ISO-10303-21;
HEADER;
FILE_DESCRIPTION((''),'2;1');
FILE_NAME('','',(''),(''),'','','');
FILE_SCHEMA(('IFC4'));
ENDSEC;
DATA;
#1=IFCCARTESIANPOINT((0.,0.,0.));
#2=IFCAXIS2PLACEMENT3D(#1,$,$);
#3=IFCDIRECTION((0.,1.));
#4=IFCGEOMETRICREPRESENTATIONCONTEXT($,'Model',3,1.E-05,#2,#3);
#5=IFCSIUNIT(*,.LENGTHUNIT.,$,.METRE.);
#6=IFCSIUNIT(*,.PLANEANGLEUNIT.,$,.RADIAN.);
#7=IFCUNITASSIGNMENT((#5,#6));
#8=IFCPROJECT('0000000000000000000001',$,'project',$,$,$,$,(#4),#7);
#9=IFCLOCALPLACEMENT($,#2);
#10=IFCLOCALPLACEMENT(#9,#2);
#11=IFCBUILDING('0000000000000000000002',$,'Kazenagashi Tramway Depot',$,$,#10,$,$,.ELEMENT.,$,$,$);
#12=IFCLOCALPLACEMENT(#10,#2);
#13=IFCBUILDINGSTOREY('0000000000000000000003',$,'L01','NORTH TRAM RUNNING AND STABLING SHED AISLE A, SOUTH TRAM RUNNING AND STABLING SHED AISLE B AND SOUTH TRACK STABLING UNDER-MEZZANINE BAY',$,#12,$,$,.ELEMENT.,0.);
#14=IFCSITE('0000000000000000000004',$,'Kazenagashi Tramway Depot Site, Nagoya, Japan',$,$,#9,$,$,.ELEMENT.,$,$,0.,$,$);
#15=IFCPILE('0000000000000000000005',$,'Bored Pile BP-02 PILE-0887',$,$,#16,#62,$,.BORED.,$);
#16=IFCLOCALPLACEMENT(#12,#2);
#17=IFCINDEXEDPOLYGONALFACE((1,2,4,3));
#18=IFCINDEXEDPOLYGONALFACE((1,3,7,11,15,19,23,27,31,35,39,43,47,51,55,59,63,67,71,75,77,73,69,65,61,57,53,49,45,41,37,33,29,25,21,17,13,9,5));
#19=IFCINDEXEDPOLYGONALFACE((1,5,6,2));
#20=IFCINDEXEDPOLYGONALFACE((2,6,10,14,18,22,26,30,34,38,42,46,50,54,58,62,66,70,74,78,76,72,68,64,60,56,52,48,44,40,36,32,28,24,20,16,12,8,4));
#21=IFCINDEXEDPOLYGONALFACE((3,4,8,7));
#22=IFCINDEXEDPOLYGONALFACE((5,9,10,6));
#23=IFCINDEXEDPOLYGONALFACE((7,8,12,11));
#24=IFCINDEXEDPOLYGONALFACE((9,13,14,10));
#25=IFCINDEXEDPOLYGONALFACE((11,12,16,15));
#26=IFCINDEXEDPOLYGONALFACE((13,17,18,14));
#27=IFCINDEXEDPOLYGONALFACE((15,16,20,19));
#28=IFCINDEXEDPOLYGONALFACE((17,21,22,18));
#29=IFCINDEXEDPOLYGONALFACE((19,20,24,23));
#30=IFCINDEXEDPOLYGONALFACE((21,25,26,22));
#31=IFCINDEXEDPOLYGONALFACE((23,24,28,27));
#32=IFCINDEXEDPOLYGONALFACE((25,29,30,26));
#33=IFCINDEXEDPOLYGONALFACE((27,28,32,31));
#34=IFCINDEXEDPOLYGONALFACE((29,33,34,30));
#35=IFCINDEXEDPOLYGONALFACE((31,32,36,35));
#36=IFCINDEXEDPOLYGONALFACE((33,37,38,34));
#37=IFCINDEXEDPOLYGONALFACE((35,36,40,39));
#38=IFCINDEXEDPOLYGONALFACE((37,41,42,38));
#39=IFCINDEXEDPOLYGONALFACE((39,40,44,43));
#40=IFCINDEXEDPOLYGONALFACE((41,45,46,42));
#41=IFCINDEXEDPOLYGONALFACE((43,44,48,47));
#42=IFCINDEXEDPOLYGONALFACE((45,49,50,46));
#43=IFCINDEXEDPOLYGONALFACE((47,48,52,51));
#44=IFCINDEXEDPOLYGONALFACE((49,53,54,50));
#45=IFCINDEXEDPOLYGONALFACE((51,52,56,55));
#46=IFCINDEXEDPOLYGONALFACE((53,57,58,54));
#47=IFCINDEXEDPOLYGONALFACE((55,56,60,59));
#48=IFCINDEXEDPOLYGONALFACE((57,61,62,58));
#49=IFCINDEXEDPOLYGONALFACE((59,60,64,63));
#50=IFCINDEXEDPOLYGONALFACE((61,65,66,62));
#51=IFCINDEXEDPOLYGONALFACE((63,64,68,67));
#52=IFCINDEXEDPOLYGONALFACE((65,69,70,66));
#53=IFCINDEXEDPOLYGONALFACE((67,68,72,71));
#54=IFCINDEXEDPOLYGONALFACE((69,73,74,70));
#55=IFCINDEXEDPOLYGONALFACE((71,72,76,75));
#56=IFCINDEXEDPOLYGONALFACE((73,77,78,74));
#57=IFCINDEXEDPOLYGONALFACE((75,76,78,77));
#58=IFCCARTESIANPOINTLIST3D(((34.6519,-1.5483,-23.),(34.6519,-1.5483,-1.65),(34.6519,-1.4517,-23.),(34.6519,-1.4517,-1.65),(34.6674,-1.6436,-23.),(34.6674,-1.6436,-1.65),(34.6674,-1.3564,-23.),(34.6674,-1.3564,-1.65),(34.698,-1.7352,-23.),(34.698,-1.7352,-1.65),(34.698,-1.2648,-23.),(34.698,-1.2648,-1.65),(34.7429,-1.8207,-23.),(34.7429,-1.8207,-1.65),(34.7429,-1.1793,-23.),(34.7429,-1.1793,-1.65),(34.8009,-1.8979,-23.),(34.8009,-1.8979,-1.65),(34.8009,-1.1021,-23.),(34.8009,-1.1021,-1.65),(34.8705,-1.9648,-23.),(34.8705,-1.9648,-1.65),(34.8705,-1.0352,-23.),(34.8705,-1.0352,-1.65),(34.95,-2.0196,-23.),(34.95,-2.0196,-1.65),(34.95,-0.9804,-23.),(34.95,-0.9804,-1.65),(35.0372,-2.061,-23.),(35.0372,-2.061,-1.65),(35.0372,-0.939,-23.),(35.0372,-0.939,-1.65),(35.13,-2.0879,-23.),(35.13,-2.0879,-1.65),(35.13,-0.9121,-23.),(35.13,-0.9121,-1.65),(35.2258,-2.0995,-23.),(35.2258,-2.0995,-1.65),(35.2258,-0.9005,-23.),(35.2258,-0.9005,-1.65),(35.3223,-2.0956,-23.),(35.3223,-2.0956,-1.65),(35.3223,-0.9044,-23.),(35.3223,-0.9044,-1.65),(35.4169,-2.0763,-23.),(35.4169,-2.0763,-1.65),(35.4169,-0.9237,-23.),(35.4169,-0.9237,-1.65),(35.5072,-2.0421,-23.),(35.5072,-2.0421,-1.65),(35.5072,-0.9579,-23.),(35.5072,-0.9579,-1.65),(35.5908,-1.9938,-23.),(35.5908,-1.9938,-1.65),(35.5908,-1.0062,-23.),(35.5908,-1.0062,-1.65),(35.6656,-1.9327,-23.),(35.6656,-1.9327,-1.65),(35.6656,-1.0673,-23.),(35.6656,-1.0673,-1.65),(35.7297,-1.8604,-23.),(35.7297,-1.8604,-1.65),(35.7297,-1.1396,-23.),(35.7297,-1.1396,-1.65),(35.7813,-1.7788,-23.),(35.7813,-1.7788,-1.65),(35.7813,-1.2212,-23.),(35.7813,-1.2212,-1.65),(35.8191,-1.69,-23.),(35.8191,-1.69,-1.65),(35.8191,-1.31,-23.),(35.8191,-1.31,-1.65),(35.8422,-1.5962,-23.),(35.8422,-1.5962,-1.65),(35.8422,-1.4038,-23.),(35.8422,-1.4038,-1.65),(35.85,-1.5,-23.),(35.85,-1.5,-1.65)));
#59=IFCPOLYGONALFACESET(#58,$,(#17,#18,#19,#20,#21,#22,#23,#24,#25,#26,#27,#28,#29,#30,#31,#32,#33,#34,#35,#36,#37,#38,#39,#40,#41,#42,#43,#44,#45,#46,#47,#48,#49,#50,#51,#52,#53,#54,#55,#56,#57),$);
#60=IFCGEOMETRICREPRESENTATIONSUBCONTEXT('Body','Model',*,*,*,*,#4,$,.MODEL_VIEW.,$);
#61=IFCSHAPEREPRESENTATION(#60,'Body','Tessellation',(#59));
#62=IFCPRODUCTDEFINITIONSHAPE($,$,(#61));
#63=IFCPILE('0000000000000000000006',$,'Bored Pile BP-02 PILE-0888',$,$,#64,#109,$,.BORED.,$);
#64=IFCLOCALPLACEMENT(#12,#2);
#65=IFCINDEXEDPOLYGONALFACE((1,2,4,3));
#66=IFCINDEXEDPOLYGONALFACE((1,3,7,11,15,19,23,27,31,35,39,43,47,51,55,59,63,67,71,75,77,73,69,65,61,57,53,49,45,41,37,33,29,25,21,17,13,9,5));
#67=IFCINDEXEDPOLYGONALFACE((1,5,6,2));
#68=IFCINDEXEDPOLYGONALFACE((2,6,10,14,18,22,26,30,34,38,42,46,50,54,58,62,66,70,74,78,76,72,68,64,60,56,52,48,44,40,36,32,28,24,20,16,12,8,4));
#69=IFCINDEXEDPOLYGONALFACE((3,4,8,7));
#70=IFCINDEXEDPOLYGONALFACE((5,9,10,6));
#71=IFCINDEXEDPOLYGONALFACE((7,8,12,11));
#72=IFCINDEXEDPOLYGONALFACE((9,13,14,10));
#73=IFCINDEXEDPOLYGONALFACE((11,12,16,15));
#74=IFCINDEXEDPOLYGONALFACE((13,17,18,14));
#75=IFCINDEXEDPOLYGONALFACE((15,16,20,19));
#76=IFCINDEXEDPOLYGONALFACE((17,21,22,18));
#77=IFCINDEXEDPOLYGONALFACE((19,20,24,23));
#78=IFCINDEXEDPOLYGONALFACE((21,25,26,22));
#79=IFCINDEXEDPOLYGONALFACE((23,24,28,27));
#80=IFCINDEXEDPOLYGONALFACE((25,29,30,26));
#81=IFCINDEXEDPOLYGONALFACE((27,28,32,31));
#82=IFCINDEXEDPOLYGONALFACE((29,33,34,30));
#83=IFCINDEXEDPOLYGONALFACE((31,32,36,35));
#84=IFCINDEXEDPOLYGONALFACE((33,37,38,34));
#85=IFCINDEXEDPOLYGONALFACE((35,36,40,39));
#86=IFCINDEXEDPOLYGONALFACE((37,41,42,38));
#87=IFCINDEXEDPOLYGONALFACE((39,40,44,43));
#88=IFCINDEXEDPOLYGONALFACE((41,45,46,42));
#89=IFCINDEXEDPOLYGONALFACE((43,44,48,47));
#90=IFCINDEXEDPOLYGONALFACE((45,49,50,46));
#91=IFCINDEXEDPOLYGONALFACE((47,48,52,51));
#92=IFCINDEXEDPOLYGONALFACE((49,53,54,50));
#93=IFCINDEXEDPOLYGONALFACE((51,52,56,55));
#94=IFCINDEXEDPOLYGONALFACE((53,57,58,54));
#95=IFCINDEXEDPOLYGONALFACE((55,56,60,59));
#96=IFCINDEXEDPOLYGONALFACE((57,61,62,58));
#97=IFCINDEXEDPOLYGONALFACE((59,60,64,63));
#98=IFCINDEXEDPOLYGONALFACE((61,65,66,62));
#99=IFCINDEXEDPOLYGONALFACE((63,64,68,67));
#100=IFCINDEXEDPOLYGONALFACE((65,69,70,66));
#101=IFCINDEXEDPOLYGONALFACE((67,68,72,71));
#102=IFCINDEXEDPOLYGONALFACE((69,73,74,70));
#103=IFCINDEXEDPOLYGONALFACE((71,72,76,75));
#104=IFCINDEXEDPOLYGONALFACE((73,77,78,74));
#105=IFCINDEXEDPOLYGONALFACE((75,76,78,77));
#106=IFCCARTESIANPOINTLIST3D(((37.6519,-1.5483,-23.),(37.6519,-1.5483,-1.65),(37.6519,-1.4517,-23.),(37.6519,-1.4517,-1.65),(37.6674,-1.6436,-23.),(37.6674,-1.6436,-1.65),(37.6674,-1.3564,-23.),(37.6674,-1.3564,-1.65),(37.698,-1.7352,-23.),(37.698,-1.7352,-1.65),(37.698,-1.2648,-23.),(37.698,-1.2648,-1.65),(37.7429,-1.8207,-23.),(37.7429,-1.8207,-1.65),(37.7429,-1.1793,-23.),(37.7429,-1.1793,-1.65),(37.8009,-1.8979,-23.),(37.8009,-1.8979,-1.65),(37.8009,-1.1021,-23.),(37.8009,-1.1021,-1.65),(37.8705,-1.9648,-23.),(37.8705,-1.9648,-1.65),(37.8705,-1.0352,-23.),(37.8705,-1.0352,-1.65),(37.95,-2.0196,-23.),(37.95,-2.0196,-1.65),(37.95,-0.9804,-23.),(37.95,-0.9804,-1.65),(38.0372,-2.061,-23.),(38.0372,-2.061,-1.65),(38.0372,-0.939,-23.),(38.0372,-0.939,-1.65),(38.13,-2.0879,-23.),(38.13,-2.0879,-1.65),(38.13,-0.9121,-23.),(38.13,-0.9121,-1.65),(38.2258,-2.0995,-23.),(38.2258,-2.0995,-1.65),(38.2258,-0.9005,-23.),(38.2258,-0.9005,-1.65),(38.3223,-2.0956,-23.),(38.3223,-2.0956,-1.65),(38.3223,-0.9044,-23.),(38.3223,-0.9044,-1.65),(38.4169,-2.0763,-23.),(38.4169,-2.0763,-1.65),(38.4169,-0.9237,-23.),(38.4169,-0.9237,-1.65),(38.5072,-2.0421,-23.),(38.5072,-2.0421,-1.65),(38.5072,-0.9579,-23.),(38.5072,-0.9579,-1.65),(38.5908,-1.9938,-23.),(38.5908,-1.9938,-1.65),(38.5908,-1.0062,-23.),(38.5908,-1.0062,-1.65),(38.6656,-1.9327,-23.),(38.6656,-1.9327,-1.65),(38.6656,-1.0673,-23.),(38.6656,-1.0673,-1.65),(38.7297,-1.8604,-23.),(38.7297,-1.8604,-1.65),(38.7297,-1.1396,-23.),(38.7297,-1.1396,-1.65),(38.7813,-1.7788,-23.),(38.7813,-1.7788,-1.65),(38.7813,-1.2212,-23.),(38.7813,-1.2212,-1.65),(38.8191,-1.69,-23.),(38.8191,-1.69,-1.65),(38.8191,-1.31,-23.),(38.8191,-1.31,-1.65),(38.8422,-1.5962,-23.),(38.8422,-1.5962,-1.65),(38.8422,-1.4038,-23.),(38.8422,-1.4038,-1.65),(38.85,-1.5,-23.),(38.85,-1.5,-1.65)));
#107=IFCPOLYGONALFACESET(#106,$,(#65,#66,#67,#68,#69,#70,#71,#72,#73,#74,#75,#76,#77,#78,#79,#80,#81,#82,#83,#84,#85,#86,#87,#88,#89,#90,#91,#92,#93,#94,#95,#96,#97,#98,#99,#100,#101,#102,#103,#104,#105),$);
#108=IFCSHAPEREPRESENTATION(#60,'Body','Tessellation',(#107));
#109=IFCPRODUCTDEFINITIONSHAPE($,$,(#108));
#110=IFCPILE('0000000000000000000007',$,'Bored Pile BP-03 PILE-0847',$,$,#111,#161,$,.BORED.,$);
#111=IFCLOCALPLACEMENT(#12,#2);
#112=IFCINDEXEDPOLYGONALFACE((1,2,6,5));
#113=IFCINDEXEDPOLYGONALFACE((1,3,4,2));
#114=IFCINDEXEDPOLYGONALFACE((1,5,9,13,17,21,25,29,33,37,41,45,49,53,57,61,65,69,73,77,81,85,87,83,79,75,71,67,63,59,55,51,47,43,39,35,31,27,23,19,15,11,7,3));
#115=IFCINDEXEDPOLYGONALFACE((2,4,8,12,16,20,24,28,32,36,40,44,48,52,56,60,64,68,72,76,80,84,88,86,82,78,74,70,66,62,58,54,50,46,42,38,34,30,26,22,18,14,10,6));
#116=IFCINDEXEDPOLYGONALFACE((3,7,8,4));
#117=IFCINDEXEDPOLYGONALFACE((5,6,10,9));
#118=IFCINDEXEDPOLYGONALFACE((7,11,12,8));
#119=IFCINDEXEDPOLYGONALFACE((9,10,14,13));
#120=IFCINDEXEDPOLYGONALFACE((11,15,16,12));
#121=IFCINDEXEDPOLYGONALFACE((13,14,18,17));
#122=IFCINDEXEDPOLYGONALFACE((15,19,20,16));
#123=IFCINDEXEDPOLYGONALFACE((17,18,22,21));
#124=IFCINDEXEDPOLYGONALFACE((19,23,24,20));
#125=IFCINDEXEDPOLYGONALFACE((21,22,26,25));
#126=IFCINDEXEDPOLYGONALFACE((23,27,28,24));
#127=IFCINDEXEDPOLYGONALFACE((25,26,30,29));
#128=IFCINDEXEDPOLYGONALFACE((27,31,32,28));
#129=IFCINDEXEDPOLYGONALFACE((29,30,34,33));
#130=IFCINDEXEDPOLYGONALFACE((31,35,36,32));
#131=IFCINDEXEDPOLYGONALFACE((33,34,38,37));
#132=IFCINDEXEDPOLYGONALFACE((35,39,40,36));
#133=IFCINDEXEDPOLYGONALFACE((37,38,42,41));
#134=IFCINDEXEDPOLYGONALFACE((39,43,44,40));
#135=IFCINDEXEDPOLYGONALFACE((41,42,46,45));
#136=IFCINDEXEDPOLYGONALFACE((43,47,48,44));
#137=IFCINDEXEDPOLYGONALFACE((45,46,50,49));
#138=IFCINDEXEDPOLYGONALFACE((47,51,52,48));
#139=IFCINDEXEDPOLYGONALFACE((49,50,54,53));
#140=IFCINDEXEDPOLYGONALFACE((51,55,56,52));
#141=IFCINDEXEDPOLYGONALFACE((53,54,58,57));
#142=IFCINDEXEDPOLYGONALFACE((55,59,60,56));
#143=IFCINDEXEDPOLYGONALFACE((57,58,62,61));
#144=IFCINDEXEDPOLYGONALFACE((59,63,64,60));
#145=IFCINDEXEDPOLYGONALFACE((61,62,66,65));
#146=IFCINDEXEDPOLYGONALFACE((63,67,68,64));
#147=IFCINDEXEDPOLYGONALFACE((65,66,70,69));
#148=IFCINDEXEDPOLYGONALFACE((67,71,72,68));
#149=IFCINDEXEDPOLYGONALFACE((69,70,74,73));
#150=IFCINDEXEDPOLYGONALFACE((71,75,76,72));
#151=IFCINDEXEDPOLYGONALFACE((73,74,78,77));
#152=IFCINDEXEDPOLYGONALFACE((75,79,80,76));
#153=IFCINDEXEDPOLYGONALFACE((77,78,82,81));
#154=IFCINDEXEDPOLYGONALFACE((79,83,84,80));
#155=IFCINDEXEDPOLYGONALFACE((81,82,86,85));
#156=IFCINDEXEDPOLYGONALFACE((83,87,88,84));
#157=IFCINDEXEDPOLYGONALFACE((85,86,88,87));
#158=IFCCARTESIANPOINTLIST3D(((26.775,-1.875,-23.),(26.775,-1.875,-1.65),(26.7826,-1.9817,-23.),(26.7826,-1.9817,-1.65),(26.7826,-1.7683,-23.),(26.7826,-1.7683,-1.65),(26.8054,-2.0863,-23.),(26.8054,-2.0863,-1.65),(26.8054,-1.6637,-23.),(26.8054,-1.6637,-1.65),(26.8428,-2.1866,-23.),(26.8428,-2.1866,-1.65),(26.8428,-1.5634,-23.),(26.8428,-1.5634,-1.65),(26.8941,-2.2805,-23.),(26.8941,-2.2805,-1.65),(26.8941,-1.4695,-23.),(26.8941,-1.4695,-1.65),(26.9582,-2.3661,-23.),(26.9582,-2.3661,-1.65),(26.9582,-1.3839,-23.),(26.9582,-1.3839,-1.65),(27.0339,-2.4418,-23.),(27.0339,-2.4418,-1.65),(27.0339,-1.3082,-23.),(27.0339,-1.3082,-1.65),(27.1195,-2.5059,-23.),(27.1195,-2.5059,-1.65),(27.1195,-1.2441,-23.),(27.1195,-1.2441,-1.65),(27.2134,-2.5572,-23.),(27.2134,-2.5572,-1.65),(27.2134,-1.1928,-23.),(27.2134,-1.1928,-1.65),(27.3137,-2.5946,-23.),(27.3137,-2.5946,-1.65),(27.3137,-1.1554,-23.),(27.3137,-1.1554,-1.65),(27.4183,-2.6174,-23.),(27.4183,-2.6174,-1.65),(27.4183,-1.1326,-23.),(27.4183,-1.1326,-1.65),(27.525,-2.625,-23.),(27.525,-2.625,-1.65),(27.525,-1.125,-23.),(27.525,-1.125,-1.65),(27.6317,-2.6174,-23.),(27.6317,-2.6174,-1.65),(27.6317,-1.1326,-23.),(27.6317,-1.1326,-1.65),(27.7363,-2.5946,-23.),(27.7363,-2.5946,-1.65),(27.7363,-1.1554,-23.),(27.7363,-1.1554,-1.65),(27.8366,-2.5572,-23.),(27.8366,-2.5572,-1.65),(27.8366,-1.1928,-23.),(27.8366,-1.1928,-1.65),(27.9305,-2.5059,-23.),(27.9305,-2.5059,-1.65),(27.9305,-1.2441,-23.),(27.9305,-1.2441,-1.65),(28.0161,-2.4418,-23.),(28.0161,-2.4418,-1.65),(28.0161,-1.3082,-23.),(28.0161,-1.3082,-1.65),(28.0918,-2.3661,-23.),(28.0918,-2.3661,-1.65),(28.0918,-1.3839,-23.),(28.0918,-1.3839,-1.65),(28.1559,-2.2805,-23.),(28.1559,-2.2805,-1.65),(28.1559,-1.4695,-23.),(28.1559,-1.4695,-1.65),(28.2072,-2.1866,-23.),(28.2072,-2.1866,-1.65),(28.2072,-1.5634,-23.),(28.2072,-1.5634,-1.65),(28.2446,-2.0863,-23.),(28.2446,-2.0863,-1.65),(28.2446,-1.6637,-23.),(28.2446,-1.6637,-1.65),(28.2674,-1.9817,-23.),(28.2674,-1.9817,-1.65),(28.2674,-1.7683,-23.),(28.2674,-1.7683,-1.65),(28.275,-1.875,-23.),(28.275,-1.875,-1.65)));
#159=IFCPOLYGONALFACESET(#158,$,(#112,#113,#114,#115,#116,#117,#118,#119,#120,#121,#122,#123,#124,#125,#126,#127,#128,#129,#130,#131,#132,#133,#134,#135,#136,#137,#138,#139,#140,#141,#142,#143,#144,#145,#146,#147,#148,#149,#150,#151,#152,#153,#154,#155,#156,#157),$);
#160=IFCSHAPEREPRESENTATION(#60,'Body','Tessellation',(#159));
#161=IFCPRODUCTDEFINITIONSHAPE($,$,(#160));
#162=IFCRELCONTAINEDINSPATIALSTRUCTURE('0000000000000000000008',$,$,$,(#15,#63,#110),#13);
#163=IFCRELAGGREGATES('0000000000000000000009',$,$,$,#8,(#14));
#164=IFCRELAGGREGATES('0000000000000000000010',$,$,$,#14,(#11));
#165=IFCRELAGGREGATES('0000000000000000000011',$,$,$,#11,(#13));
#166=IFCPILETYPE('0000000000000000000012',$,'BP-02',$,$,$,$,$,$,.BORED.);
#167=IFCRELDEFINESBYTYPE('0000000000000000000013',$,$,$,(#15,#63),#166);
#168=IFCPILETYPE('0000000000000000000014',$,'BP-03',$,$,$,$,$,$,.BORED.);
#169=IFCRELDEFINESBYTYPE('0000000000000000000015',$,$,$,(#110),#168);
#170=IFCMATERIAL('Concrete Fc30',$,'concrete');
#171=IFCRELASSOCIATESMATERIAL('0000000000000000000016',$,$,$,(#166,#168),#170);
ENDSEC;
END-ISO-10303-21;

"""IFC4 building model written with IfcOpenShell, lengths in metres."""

from ifc_helpers import new_model, si_unit, direction, frame, origin, origin_2d, place, context, subcontext, project, spatial, circle, extrude, material, material_profile, profile_set, type_object, element, save


model = new_model("IFC4")

# Units and contexts
model_context = context("Model", 3, precision=1e-05, world=origin(), true_north=direction((0.0, 1.0)))
body_context = subcontext(model_context, "Body", "Model", "MODEL_VIEW")
ifc_project = project(units=[si_unit("LENGTHUNIT", "METRE"), si_unit("PLANEANGLEUNIT", "RADIAN")], contexts=[model_context])

# Site, building, storey
site_placement = place(None, origin())
site = spatial("IfcSite", under=ifc_project, at=site_placement, Name="Kazenagashi Tramway Depot Site, Nagoya, Japan", CompositionType="ELEMENT", RefElevation=0.0)
building_placement = place(site_placement, origin())
building = spatial("IfcBuilding", under=site, at=building_placement, Name="Kazenagashi Tramway Depot", CompositionType="ELEMENT")
storey_placement = place(building_placement, origin())
storey = spatial("IfcBuildingStorey", under=building, at=storey_placement, Name="L01", Description="NORTH TRAM RUNNING AND STABLING SHED AISLE A, SOUTH TRAM RUNNING AND STABLING SHED AISLE B AND SOUTH TRACK STABLING UNDER-MEZZANINE BAY", CompositionType="ELEMENT", Elevation=0.0)

# Piles
ifc_material_1 = material(Name="Concrete Fc30", Category="concrete")
ifc_material_profile_1 = material_profile(ifc_material_1, circle(Radius=0.6, at=origin_2d()), Name="PILE-1200")
ifc_profile_set_1 = profile_set([ifc_material_profile_1], Name="Concrete Fc30")
pile_type_1 = type_object("IfcPileType", Name="BP-02", PredefinedType="BORED", material=ifc_profile_set_1)
for number, where, z_axis, x_axis, name in (
    (1, (35.25, -1.5, -1.65), (0.0, 0.0, -1.0), (1.0, 0.0, 0.0), "Bored Pile BP-02 PILE-0887"),
    (2, (38.25, -1.5, -1.65), (0.0, 0.0, -1.0), (1.0, 0.0, 0.0), "Bored Pile BP-02 PILE-0888"),
):
    element("IfcPile", number, at=place(storey_placement, frame(where, z_axis=z_axis, x_axis=x_axis)), inside=storey, type_object=pile_type_1, Name=name, PredefinedType="BORED", context=body_context, shape_type="SweptSolid", body=[
        extrude(circle(Radius=0.6, at=origin_2d()), origin(), (0.0, 0.0, 1.0), 21.35),
    ])
ifc_material_profile_2 = material_profile(ifc_material_1, circle(Radius=0.75, at=origin_2d()), Name="PILE-1500")
ifc_profile_set_2 = profile_set([ifc_material_profile_2], Name="Concrete Fc30")
pile_type_2 = type_object("IfcPileType", Name="BP-03", PredefinedType="BORED", material=ifc_profile_set_2)
for number, where, z_axis, x_axis, name in (
    (3, (27.525, -1.875, -1.65), (0.0, 0.0, -1.0), (1.0, 0.0, 0.0), "Bored Pile BP-03 PILE-0847"),
):
    element("IfcPile", number, at=place(storey_placement, frame(where, z_axis=z_axis, x_axis=x_axis)), inside=storey, type_object=pile_type_2, Name=name, PredefinedType="BORED", context=body_context, shape_type="SweptSolid", body=[
        extrude(circle(Radius=0.75, at=origin_2d()), origin(), (0.0, 0.0, 1.0), 21.35),
    ])

save(model, "model.ifc")
